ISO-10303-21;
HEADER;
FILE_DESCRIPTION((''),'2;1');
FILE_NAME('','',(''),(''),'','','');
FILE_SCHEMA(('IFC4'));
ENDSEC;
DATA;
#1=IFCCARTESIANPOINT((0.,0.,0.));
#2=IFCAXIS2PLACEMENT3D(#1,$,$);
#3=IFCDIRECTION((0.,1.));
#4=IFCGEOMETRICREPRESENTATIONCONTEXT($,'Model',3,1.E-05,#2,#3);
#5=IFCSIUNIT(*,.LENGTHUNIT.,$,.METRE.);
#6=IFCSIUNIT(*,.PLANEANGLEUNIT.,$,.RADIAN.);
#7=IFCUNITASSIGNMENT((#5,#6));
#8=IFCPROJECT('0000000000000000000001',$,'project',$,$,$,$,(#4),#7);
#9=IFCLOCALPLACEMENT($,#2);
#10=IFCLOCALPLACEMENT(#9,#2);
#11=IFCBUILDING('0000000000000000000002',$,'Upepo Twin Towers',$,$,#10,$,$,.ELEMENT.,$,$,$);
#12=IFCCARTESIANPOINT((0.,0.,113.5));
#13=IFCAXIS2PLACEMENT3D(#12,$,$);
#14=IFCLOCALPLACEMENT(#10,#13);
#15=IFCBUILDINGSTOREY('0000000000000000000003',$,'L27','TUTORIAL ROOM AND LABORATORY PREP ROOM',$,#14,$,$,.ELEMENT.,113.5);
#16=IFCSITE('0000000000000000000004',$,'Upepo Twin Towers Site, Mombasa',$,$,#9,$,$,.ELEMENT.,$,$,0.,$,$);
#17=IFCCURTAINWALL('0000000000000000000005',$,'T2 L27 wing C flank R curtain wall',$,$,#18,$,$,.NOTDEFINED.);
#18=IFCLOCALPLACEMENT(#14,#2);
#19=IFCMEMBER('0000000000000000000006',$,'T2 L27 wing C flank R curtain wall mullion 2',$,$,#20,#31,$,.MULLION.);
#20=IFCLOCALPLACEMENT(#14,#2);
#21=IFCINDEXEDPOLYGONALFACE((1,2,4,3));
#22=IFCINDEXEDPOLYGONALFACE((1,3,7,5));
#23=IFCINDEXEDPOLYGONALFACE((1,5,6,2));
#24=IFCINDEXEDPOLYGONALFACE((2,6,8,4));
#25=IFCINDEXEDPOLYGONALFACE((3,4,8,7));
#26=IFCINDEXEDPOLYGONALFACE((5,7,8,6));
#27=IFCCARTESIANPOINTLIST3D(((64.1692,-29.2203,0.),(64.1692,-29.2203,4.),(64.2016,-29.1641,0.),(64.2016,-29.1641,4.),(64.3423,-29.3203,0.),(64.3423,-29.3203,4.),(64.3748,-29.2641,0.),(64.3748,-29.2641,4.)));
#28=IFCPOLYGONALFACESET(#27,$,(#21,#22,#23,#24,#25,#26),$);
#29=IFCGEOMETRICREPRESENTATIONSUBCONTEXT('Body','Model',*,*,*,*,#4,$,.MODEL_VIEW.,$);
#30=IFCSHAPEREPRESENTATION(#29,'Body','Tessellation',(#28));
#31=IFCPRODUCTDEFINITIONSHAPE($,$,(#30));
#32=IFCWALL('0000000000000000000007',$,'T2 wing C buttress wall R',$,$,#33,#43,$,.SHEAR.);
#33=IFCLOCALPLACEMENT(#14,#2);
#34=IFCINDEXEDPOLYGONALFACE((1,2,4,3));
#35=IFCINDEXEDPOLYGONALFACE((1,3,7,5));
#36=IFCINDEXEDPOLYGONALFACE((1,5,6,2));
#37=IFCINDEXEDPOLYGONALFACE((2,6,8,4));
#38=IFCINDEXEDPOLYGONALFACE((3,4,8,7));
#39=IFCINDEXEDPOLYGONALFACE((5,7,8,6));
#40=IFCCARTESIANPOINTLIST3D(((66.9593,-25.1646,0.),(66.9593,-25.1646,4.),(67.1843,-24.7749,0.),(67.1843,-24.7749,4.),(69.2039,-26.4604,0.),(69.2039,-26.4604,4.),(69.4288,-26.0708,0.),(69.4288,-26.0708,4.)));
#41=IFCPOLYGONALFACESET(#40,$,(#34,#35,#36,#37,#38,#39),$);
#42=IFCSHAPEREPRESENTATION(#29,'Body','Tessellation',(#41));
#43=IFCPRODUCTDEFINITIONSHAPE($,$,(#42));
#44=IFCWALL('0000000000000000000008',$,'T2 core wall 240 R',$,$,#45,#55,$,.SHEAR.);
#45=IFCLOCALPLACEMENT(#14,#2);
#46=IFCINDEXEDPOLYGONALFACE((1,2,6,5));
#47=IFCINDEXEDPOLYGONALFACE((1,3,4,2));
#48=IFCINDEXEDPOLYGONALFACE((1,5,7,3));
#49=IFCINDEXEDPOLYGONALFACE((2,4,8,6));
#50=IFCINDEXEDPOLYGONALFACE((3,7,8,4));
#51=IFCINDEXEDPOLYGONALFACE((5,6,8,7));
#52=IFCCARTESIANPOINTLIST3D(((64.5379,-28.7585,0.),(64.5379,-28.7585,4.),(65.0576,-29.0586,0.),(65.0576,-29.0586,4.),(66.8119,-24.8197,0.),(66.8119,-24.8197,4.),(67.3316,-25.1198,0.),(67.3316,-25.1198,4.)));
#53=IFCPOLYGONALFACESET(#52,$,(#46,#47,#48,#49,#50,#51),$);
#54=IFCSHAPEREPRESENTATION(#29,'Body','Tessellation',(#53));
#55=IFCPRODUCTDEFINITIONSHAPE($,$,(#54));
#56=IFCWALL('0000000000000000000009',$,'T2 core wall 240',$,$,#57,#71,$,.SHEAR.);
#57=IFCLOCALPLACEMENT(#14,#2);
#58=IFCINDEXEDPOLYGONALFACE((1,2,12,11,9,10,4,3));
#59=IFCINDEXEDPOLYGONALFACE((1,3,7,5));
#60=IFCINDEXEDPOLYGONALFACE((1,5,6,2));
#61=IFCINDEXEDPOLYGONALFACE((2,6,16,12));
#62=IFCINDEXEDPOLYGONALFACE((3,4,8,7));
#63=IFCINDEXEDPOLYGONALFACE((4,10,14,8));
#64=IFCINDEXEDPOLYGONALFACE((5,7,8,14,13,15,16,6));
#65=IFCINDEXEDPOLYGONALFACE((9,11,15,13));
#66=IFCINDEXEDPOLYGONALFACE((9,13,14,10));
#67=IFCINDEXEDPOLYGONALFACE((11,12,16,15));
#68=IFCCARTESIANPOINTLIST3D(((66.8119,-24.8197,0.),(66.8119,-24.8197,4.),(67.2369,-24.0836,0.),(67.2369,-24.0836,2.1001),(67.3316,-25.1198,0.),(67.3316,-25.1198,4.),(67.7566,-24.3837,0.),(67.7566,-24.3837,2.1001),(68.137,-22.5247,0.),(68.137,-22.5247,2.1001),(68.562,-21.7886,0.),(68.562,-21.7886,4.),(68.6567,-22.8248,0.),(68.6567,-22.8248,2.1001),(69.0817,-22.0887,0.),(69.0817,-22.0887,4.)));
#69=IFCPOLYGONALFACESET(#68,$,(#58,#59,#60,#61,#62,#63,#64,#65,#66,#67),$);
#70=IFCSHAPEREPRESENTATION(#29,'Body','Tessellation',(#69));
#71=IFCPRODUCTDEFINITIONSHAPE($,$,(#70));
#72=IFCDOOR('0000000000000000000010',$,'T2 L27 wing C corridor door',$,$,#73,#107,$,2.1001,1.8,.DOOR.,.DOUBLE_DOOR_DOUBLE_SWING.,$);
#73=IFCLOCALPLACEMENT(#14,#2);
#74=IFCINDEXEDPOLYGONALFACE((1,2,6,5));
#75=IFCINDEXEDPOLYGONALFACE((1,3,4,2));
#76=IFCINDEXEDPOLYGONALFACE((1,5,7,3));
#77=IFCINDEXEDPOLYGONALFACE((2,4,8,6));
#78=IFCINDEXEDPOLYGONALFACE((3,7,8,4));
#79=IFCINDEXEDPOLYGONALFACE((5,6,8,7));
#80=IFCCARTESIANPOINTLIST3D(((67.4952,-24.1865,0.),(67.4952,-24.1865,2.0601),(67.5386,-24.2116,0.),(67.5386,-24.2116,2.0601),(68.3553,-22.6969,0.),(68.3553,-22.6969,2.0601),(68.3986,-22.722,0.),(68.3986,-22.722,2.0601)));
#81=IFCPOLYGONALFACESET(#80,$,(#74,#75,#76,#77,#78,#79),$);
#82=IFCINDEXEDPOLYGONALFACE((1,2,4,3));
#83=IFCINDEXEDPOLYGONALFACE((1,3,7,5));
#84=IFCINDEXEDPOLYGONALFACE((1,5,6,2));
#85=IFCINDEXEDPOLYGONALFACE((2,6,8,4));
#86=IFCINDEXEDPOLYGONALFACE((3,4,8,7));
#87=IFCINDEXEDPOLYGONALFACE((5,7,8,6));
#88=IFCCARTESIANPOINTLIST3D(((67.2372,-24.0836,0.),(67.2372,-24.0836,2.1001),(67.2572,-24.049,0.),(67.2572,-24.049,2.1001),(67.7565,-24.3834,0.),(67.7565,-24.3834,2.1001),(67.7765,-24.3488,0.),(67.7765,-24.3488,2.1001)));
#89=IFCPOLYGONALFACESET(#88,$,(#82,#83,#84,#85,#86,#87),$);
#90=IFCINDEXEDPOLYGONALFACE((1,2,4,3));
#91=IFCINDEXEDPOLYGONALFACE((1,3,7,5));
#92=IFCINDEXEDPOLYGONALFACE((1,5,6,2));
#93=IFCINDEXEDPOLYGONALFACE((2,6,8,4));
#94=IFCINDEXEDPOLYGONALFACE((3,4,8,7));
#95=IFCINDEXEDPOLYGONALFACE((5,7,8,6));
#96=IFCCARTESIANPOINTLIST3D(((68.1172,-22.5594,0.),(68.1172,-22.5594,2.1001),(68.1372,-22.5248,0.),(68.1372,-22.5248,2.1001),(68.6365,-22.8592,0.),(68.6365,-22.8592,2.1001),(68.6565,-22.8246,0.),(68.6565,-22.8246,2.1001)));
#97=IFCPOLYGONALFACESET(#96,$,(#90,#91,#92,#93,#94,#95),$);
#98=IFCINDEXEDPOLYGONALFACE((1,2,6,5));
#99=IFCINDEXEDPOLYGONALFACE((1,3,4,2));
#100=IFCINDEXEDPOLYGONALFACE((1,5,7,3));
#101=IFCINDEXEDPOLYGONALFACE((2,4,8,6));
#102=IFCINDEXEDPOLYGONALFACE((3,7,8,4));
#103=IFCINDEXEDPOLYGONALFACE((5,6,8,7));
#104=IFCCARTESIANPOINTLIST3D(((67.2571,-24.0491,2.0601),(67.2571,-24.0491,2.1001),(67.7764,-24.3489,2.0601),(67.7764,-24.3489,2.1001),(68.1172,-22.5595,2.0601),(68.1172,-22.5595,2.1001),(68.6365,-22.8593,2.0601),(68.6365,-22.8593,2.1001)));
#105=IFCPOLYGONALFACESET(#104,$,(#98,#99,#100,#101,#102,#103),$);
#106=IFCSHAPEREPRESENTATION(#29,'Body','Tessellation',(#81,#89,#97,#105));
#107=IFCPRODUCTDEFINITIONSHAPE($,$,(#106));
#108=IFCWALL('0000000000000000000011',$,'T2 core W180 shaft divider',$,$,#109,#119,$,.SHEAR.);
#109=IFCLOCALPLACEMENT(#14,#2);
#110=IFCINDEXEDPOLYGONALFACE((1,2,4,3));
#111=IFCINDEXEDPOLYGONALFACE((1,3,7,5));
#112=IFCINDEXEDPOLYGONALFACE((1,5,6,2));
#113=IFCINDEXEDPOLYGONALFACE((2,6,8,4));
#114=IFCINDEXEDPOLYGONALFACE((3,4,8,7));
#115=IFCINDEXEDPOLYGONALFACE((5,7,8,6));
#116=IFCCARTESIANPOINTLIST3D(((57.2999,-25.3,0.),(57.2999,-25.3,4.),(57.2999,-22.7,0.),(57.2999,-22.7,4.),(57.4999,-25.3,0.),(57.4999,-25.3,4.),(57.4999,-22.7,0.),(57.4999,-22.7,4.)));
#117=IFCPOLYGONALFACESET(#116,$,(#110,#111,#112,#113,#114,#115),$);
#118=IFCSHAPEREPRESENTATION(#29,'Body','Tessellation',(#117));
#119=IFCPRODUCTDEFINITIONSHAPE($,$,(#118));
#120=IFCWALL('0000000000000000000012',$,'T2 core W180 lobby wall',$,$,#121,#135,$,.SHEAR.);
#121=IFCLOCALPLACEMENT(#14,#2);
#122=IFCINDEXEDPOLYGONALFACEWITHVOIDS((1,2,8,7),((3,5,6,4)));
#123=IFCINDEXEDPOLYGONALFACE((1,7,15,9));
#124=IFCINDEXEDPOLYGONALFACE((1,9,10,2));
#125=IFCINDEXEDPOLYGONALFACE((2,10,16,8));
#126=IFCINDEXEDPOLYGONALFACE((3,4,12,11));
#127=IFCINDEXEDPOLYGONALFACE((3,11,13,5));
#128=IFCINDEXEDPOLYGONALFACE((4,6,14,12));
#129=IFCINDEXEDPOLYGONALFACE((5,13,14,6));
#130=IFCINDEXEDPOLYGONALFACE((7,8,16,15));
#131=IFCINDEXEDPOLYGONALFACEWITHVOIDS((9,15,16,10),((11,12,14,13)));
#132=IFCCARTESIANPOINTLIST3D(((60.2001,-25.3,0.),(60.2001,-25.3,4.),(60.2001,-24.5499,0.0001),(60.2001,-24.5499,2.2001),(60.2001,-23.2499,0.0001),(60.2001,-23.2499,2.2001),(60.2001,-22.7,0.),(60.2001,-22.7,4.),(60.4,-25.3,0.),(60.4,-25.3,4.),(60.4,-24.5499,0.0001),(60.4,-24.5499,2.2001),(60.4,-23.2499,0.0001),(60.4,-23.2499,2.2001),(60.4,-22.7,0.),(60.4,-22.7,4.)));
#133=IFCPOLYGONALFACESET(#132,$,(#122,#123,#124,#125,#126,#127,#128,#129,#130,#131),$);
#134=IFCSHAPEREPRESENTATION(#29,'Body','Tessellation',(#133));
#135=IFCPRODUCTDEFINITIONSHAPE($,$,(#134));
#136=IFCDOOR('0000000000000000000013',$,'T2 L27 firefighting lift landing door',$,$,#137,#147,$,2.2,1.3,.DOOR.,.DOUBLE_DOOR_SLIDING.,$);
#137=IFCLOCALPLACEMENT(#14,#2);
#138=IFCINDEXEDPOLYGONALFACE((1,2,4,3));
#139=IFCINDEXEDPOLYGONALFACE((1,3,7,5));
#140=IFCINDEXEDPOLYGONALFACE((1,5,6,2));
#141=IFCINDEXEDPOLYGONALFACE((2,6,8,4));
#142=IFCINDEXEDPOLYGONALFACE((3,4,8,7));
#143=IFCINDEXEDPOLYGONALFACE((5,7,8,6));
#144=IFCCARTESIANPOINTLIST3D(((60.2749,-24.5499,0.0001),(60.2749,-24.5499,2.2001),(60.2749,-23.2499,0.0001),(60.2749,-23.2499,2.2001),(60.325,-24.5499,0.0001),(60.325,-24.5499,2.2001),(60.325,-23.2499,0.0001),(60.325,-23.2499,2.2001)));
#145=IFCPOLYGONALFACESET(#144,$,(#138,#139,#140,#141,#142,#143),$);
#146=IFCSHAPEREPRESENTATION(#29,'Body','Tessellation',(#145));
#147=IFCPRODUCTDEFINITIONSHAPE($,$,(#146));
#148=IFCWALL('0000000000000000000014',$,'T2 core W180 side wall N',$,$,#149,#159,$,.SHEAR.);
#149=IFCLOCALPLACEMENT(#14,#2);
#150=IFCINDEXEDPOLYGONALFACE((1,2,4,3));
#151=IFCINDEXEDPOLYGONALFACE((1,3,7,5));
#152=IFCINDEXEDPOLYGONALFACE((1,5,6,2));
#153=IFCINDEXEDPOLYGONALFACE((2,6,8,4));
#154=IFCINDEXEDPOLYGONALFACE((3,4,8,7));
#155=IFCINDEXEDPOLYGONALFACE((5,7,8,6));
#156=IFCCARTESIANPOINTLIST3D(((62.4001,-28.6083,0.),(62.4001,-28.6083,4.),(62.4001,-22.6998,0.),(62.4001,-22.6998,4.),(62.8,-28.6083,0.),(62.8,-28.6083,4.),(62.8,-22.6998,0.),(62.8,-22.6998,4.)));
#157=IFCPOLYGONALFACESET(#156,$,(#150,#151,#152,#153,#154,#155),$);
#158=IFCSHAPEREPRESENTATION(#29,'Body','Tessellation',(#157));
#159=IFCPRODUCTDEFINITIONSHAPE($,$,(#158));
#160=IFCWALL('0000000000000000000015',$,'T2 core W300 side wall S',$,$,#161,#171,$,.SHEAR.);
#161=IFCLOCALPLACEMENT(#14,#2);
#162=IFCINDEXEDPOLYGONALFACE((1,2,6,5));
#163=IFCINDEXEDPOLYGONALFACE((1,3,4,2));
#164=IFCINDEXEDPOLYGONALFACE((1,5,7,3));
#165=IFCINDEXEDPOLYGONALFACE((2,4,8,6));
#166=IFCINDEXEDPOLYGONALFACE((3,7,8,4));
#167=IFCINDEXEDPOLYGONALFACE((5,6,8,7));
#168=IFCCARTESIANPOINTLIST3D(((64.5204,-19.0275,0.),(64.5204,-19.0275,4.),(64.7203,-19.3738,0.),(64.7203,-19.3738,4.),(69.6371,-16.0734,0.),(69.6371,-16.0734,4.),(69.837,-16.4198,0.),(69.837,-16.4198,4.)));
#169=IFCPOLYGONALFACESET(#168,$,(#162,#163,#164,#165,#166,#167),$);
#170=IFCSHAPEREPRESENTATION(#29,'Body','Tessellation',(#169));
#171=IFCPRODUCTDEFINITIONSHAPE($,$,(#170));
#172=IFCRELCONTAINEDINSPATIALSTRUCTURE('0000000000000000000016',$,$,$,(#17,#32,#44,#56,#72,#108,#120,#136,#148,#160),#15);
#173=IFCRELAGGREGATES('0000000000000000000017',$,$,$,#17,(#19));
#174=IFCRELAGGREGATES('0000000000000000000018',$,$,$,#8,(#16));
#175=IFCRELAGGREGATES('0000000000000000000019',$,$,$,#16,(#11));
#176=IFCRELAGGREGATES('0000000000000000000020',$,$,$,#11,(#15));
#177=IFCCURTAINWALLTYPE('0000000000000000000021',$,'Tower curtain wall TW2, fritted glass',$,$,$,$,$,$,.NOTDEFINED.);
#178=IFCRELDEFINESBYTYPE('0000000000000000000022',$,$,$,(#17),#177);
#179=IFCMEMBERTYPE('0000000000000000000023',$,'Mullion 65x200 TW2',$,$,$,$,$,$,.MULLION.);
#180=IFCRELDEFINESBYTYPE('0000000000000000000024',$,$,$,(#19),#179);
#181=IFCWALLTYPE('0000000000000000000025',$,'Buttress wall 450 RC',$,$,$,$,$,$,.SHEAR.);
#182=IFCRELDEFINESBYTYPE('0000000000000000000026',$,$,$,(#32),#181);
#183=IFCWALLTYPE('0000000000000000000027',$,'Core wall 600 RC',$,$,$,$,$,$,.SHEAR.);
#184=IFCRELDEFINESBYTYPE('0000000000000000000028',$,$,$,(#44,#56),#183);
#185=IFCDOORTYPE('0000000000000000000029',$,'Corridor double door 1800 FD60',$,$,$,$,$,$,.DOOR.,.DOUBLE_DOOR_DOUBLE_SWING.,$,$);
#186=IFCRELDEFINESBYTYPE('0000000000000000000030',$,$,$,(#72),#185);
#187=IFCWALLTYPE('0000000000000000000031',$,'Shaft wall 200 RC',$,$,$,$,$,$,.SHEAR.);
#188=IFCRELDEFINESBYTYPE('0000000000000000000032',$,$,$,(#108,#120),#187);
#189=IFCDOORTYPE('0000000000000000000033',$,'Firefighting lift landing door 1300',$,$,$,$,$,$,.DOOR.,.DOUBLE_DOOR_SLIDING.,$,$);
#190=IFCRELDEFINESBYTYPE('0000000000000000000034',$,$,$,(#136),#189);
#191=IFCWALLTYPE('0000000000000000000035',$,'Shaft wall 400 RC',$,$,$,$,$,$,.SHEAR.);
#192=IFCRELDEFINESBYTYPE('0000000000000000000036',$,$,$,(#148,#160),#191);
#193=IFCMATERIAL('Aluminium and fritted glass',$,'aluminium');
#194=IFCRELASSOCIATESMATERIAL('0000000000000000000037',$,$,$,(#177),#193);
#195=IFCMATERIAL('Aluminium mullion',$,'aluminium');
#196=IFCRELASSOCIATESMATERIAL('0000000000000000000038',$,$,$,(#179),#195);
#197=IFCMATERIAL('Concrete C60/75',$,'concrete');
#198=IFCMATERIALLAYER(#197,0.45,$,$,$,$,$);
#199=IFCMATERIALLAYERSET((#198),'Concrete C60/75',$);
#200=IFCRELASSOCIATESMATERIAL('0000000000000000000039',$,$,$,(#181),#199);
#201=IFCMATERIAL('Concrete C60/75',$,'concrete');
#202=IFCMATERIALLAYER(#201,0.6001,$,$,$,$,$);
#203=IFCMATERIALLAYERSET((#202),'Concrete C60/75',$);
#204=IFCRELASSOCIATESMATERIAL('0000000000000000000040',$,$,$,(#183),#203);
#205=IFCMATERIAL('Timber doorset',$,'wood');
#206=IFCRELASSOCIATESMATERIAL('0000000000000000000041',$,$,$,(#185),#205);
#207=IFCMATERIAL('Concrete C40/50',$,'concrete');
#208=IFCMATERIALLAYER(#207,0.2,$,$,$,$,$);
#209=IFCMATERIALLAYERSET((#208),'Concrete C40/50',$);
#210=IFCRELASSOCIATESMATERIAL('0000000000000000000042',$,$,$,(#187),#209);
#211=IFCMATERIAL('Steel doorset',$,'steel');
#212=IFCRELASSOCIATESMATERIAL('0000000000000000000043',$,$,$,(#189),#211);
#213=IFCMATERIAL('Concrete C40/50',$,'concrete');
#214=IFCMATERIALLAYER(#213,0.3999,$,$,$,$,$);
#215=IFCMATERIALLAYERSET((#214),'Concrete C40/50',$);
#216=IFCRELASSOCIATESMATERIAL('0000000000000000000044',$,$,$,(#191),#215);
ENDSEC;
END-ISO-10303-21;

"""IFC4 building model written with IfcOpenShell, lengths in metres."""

from ifc_helpers import new_model, si_unit, direction, frame, frame_2d, origin, origin_2d, place, context, subcontext, project, spatial, rectangle, extrude, material, layer, layer_set, material_profile, profile_set, type_object, element, fill, aggregate, save


model = new_model("IFC4")

# Units and contexts
model_context = context("Model", 3, precision=1e-05, world=origin(), true_north=direction((0.0, 1.0)))
body_context = subcontext(model_context, "Body", "Model", "MODEL_VIEW")
ifc_project = project(units=[si_unit("LENGTHUNIT", "METRE"), si_unit("PLANEANGLEUNIT", "RADIAN")], contexts=[model_context])

# Site, building, storey
site_placement = place(None, origin())
site = spatial("IfcSite", under=ifc_project, at=site_placement, Name="Upepo Twin Towers Site, Mombasa", CompositionType="ELEMENT", RefElevation=0.0)
building_placement = place(site_placement, origin())
building = spatial("IfcBuilding", under=site, at=building_placement, Name="Upepo Twin Towers", CompositionType="ELEMENT")
storey_placement = place(building_placement, frame((0.0, 0.0, 113.5)))
storey = spatial("IfcBuildingStorey", under=building, at=storey_placement, Name="L27", Description="TUTORIAL ROOM AND LABORATORY PREP ROOM", CompositionType="ELEMENT", Elevation=113.5)

# Curtain wall, member
ifc_material_1 = material(Name="Aluminium and fritted glass", Category="aluminium")
curtain_wall_type = type_object("IfcCurtainWallType", Name="Tower curtain wall TW2, fritted glass", PredefinedType="NOTDEFINED", material=ifc_material_1)
curtain_wall_placement = place(storey_placement, origin())
curtain_wall = element("IfcCurtainWall", 1, at=curtain_wall_placement, inside=storey, type_object=curtain_wall_type, Name="T2 L27 wing C flank R curtain wall", PredefinedType="NOTDEFINED")
ifc_material_2 = material(Name="Aluminium mullion", Category="aluminium")
ifc_material_profile = material_profile(ifc_material_2, rectangle(XDim=0.0649, YDim=0.2, at=origin_2d()), Name="MULLION 65x200")
ifc_profile_set = profile_set([ifc_material_profile], Name="Aluminium mullion")
member_type = type_object("IfcMemberType", Name="Mullion 65x200 TW2", PredefinedType="MULLION", material=ifc_profile_set)
member_placement = place(storey_placement, frame((64.272, -29.2422, 0.0), z_axis=(0.0, 0.0, 1.0), x_axis=(-0.5, -0.866025, 0.0)))
member = element("IfcMember", 2, at=member_placement, type_object=member_type, Name="T2 L27 wing C flank R curtain wall mullion 2", PredefinedType="MULLION", context=body_context, shape_type="SweptSolid", body=[
    extrude(rectangle(XDim=0.0649, YDim=0.2, at=origin_2d()), origin(), (0.0, 0.0, 1.0), 4.0),
])
aggregate(curtain_wall, [member])

# Walls
ifc_material_3 = material(Name="Concrete C60/75", Category="concrete")
ifc_layer_1 = layer(ifc_material_3, 0.45)
ifc_layer_set_1 = layer_set([ifc_layer_1], Name="Concrete C60/75")
wall_type_1 = type_object("IfcWallType", Name="Buttress wall 450 RC", PredefinedType="SHEAR", material=ifc_layer_set_1)
wall_1_placement = place(storey_placement, frame((67.0718, -24.9697, 0.0), z_axis=(0.0, 0.0, 1.0), x_axis=(0.866032, -0.499989, 0.0)))
element("IfcWall", 3, at=wall_1_placement, inside=storey, type_object=wall_type_1, Name="T2 wing C buttress wall R", PredefinedType="SHEAR", context=body_context, shape_type="SweptSolid", body=[
    extrude(rectangle(XDim=2.5918, YDim=0.45, at=frame_2d((1.2959, 0.0))), origin(), (0.0, 0.0, 1.0), 4.0),
])
ifc_material_4 = material(Name="Concrete C60/75", Category="concrete")
ifc_layer_2 = layer(ifc_material_4, 0.6001)
ifc_layer_set_2 = layer_set([ifc_layer_2], Name="Concrete C60/75")
wall_type_2 = type_object("IfcWallType", Name="Core wall 600 RC", PredefinedType="SHEAR", material=ifc_layer_set_2)
wall_2_placement = place(storey_placement, frame((64.7979, -28.9084, 0.0), z_axis=(0.0, 0.0, 1.0), x_axis=(0.499984, 0.866035, 0.0)))
element("IfcWall", 4, at=wall_2_placement, inside=storey, type_object=wall_type_2, Name="T2 core wall 240 R", PredefinedType="SHEAR", context=body_context, shape_type="SweptSolid", body=[
    extrude(rectangle(XDim=4.5481, YDim=0.6001, at=frame_2d((2.2739, 0.0))), origin(), (0.0, 0.0, 1.0), 4.0),
])

# Wall, opening, door
wall_3_placement = place(storey_placement, frame((67.0718, -24.9697, 0.0), z_axis=(0.0, 0.0, 1.0), x_axis=(0.50001, 0.866019, 0.0)))
wall_3 = element("IfcWall", 5, at=wall_3_placement, inside=storey, type_object=wall_type_2, Name="T2 core wall 240", PredefinedType="SHEAR", context=body_context, shape_type="SweptSolid", body=[
    extrude(rectangle(XDim=3.5, YDim=0.6001, at=frame_2d((1.75, 0.0))), origin(), (0.0, 0.0, 1.0), 4.0),
])
opening_1_placement = place(wall_3_placement, frame((0.8501, 0.0, 0.0)))
opening_1 = element("IfcOpeningElement", 6, at=opening_1_placement, cuts=wall_3, PredefinedType="OPENING", context=body_context, shape_type="SweptSolid", body=[
    extrude(rectangle(XDim=1.8, YDim=2.1001, at=frame_2d((0.8999, 1.05))), frame((0.0, 0.3101, 0.0), z_axis=(0.0, -1.0, 0.0), x_axis=(1.0, 0.0, 0.0)), (0.0, 0.0, 1.0), 0.6201),
])
ifc_material_5 = material(Name="Timber doorset", Category="wood")
door_type_1 = type_object("IfcDoorType", Name="Corridor double door 1800 FD60", OperationType="DOUBLE_DOOR_DOUBLE_SWING", PredefinedType="DOOR", material=ifc_material_5)
door_1_placement = place(opening_1_placement, origin())
door_1 = element("IfcDoor", 7, at=door_1_placement, inside=storey, type_object=door_type_1, Name="T2 L27 wing C corridor door", OperationType="DOUBLE_DOOR_DOUBLE_SWING", OverallHeight=2.1001, OverallWidth=1.8, PredefinedType="DOOR", context=body_context, shape_type="SweptSolid", body=[
    extrude(rectangle(XDim=1.72, YDim=2.0601, at=frame_2d((0.8999, 1.03))), frame((0.0, 0.0249, 0.0), z_axis=(0.0, -1.0, 0.0), x_axis=(1.0, 0.0, 0.0)), (0.0, 0.0, 1.0), 0.05),
    extrude(rectangle(XDim=0.04, YDim=2.1001, at=frame_2d((0.02, 1.05))), frame((0.0, 0.2998, 0.0), z_axis=(0.0, -1.0, 0.0), x_axis=(1.0, 0.0, 0.0)), (0.0, 0.0, 1.0), 0.5996),
    extrude(rectangle(XDim=0.04, YDim=2.1001, at=frame_2d((1.78, 1.05))), frame((0.0, 0.2998, 0.0), z_axis=(0.0, -1.0, 0.0), x_axis=(1.0, 0.0, 0.0)), (0.0, 0.0, 1.0), 0.5996),
    extrude(rectangle(XDim=1.72, YDim=0.04, at=frame_2d((0.8999, 2.0801))), frame((0.0, 0.2998, 0.0), z_axis=(0.0, -1.0, 0.0), x_axis=(1.0, 0.0, 0.0)), (0.0, 0.0, 1.0), 0.5996),
])
fill(opening_1, door_1)

# Wall
ifc_material_6 = material(Name="Concrete C40/50", Category="concrete")
ifc_layer_3 = layer(ifc_material_6, 0.2)
ifc_layer_set_3 = layer_set([ifc_layer_3], Name="Concrete C40/50")
wall_type_3 = type_object("IfcWallType", Name="Shaft wall 200 RC", PredefinedType="SHEAR", material=ifc_layer_set_3)
wall_4_placement = place(storey_placement, frame((57.3999, -22.7, 0.0), z_axis=(0.0, 0.0, 1.0), x_axis=(0.0, -1.0, 0.0)))
element("IfcWall", 8, at=wall_4_placement, inside=storey, type_object=wall_type_3, Name="T2 core W180 shaft divider", PredefinedType="SHEAR", context=body_context, shape_type="SweptSolid", body=[
    extrude(rectangle(XDim=2.6001, YDim=0.2, at=frame_2d((1.3, 0.0))), origin(), (0.0, 0.0, 1.0), 4.0),
])

# Wall, opening, door
wall_5_placement = place(storey_placement, frame((60.3, -22.7, 0.0), z_axis=(0.0, 0.0, 1.0), x_axis=(0.0, -1.0, 0.0)))
wall_5 = element("IfcWall", 9, at=wall_5_placement, inside=storey, type_object=wall_type_3, Name="T2 core W180 lobby wall", PredefinedType="SHEAR", context=body_context, shape_type="SweptSolid", body=[
    extrude(rectangle(XDim=2.6001, YDim=0.2, at=frame_2d((1.3, 0.0))), origin(), (0.0, 0.0, 1.0), 4.0),
])
opening_2_placement = place(wall_5_placement, frame((0.55, 0.0, 0.0)))
opening_2 = element("IfcOpeningElement", 10, at=opening_2_placement, cuts=wall_5, PredefinedType="OPENING", context=body_context, shape_type="SweptSolid", body=[
    extrude(rectangle(XDim=1.3, YDim=2.2, at=frame_2d((0.6499, 1.1001))), frame((0.0, 0.1099, 0.0), z_axis=(0.0, -1.0, 0.0), x_axis=(1.0, 0.0, 0.0)), (0.0, 0.0, 1.0), 0.22),
])
ifc_material_7 = material(Name="Steel doorset", Category="steel")
door_type_2 = type_object("IfcDoorType", Name="Firefighting lift landing door 1300", OperationType="DOUBLE_DOOR_SLIDING", PredefinedType="DOOR", material=ifc_material_7)
door_2_placement = place(opening_2_placement, origin())
door_2 = element("IfcDoor", 11, at=door_2_placement, inside=storey, type_object=door_type_2, Name="T2 L27 firefighting lift landing door", OperationType="DOUBLE_DOOR_SLIDING", OverallHeight=2.2, OverallWidth=1.3, PredefinedType="DOOR", context=body_context, shape_type="SweptSolid", body=[
    extrude(rectangle(XDim=1.3, YDim=2.2, at=frame_2d((0.6499, 1.1001))), frame((0.0, 0.0249, 0.0), z_axis=(0.0, -1.0, 0.0), x_axis=(1.0, 0.0, 0.0)), (0.0, 0.0, 1.0), 0.05),
])
fill(opening_2, door_2)

# Walls
ifc_material_8 = material(Name="Concrete C40/50", Category="concrete")
ifc_layer_4 = layer(ifc_material_8, 0.3999)
ifc_layer_set_4 = layer_set([ifc_layer_4], Name="Concrete C40/50")
wall_type_4 = type_object("IfcWallType", Name="Shaft wall 400 RC", PredefinedType="SHEAR", material=ifc_layer_set_4)
wall_6_placement = place(storey_placement, frame((62.6001, -22.7, 0.0), z_axis=(0.0, 0.0, 1.0), x_axis=(0.0, -1.0, 0.0)))
element("IfcWall", 12, at=wall_6_placement, inside=storey, type_object=wall_type_4, Name="T2 core W180 side wall N", PredefinedType="SHEAR", context=body_context, shape_type="SweptSolid", body=[
    extrude(rectangle(XDim=5.9084, YDim=0.3999, at=frame_2d((2.9541, 0.0))), origin(), (0.0, 0.0, 1.0), 4.0),
])
wall_7_placement = place(storey_placement, frame((64.6204, -19.2007, 0.0), z_axis=(0.0, 0.0, 1.0), x_axis=(0.866027, 0.499997, 0.0)))
element("IfcWall", 13, at=wall_7_placement, inside=storey, type_object=wall_type_4, Name="T2 core W300 side wall S", PredefinedType="SHEAR", context=body_context, shape_type="SweptSolid", body=[
    extrude(rectangle(XDim=5.9082, YDim=0.3999, at=frame_2d((2.9541, 0.0))), origin(), (0.0, 0.0, 1.0), 4.0),
])

save(model, "model.ifc")
